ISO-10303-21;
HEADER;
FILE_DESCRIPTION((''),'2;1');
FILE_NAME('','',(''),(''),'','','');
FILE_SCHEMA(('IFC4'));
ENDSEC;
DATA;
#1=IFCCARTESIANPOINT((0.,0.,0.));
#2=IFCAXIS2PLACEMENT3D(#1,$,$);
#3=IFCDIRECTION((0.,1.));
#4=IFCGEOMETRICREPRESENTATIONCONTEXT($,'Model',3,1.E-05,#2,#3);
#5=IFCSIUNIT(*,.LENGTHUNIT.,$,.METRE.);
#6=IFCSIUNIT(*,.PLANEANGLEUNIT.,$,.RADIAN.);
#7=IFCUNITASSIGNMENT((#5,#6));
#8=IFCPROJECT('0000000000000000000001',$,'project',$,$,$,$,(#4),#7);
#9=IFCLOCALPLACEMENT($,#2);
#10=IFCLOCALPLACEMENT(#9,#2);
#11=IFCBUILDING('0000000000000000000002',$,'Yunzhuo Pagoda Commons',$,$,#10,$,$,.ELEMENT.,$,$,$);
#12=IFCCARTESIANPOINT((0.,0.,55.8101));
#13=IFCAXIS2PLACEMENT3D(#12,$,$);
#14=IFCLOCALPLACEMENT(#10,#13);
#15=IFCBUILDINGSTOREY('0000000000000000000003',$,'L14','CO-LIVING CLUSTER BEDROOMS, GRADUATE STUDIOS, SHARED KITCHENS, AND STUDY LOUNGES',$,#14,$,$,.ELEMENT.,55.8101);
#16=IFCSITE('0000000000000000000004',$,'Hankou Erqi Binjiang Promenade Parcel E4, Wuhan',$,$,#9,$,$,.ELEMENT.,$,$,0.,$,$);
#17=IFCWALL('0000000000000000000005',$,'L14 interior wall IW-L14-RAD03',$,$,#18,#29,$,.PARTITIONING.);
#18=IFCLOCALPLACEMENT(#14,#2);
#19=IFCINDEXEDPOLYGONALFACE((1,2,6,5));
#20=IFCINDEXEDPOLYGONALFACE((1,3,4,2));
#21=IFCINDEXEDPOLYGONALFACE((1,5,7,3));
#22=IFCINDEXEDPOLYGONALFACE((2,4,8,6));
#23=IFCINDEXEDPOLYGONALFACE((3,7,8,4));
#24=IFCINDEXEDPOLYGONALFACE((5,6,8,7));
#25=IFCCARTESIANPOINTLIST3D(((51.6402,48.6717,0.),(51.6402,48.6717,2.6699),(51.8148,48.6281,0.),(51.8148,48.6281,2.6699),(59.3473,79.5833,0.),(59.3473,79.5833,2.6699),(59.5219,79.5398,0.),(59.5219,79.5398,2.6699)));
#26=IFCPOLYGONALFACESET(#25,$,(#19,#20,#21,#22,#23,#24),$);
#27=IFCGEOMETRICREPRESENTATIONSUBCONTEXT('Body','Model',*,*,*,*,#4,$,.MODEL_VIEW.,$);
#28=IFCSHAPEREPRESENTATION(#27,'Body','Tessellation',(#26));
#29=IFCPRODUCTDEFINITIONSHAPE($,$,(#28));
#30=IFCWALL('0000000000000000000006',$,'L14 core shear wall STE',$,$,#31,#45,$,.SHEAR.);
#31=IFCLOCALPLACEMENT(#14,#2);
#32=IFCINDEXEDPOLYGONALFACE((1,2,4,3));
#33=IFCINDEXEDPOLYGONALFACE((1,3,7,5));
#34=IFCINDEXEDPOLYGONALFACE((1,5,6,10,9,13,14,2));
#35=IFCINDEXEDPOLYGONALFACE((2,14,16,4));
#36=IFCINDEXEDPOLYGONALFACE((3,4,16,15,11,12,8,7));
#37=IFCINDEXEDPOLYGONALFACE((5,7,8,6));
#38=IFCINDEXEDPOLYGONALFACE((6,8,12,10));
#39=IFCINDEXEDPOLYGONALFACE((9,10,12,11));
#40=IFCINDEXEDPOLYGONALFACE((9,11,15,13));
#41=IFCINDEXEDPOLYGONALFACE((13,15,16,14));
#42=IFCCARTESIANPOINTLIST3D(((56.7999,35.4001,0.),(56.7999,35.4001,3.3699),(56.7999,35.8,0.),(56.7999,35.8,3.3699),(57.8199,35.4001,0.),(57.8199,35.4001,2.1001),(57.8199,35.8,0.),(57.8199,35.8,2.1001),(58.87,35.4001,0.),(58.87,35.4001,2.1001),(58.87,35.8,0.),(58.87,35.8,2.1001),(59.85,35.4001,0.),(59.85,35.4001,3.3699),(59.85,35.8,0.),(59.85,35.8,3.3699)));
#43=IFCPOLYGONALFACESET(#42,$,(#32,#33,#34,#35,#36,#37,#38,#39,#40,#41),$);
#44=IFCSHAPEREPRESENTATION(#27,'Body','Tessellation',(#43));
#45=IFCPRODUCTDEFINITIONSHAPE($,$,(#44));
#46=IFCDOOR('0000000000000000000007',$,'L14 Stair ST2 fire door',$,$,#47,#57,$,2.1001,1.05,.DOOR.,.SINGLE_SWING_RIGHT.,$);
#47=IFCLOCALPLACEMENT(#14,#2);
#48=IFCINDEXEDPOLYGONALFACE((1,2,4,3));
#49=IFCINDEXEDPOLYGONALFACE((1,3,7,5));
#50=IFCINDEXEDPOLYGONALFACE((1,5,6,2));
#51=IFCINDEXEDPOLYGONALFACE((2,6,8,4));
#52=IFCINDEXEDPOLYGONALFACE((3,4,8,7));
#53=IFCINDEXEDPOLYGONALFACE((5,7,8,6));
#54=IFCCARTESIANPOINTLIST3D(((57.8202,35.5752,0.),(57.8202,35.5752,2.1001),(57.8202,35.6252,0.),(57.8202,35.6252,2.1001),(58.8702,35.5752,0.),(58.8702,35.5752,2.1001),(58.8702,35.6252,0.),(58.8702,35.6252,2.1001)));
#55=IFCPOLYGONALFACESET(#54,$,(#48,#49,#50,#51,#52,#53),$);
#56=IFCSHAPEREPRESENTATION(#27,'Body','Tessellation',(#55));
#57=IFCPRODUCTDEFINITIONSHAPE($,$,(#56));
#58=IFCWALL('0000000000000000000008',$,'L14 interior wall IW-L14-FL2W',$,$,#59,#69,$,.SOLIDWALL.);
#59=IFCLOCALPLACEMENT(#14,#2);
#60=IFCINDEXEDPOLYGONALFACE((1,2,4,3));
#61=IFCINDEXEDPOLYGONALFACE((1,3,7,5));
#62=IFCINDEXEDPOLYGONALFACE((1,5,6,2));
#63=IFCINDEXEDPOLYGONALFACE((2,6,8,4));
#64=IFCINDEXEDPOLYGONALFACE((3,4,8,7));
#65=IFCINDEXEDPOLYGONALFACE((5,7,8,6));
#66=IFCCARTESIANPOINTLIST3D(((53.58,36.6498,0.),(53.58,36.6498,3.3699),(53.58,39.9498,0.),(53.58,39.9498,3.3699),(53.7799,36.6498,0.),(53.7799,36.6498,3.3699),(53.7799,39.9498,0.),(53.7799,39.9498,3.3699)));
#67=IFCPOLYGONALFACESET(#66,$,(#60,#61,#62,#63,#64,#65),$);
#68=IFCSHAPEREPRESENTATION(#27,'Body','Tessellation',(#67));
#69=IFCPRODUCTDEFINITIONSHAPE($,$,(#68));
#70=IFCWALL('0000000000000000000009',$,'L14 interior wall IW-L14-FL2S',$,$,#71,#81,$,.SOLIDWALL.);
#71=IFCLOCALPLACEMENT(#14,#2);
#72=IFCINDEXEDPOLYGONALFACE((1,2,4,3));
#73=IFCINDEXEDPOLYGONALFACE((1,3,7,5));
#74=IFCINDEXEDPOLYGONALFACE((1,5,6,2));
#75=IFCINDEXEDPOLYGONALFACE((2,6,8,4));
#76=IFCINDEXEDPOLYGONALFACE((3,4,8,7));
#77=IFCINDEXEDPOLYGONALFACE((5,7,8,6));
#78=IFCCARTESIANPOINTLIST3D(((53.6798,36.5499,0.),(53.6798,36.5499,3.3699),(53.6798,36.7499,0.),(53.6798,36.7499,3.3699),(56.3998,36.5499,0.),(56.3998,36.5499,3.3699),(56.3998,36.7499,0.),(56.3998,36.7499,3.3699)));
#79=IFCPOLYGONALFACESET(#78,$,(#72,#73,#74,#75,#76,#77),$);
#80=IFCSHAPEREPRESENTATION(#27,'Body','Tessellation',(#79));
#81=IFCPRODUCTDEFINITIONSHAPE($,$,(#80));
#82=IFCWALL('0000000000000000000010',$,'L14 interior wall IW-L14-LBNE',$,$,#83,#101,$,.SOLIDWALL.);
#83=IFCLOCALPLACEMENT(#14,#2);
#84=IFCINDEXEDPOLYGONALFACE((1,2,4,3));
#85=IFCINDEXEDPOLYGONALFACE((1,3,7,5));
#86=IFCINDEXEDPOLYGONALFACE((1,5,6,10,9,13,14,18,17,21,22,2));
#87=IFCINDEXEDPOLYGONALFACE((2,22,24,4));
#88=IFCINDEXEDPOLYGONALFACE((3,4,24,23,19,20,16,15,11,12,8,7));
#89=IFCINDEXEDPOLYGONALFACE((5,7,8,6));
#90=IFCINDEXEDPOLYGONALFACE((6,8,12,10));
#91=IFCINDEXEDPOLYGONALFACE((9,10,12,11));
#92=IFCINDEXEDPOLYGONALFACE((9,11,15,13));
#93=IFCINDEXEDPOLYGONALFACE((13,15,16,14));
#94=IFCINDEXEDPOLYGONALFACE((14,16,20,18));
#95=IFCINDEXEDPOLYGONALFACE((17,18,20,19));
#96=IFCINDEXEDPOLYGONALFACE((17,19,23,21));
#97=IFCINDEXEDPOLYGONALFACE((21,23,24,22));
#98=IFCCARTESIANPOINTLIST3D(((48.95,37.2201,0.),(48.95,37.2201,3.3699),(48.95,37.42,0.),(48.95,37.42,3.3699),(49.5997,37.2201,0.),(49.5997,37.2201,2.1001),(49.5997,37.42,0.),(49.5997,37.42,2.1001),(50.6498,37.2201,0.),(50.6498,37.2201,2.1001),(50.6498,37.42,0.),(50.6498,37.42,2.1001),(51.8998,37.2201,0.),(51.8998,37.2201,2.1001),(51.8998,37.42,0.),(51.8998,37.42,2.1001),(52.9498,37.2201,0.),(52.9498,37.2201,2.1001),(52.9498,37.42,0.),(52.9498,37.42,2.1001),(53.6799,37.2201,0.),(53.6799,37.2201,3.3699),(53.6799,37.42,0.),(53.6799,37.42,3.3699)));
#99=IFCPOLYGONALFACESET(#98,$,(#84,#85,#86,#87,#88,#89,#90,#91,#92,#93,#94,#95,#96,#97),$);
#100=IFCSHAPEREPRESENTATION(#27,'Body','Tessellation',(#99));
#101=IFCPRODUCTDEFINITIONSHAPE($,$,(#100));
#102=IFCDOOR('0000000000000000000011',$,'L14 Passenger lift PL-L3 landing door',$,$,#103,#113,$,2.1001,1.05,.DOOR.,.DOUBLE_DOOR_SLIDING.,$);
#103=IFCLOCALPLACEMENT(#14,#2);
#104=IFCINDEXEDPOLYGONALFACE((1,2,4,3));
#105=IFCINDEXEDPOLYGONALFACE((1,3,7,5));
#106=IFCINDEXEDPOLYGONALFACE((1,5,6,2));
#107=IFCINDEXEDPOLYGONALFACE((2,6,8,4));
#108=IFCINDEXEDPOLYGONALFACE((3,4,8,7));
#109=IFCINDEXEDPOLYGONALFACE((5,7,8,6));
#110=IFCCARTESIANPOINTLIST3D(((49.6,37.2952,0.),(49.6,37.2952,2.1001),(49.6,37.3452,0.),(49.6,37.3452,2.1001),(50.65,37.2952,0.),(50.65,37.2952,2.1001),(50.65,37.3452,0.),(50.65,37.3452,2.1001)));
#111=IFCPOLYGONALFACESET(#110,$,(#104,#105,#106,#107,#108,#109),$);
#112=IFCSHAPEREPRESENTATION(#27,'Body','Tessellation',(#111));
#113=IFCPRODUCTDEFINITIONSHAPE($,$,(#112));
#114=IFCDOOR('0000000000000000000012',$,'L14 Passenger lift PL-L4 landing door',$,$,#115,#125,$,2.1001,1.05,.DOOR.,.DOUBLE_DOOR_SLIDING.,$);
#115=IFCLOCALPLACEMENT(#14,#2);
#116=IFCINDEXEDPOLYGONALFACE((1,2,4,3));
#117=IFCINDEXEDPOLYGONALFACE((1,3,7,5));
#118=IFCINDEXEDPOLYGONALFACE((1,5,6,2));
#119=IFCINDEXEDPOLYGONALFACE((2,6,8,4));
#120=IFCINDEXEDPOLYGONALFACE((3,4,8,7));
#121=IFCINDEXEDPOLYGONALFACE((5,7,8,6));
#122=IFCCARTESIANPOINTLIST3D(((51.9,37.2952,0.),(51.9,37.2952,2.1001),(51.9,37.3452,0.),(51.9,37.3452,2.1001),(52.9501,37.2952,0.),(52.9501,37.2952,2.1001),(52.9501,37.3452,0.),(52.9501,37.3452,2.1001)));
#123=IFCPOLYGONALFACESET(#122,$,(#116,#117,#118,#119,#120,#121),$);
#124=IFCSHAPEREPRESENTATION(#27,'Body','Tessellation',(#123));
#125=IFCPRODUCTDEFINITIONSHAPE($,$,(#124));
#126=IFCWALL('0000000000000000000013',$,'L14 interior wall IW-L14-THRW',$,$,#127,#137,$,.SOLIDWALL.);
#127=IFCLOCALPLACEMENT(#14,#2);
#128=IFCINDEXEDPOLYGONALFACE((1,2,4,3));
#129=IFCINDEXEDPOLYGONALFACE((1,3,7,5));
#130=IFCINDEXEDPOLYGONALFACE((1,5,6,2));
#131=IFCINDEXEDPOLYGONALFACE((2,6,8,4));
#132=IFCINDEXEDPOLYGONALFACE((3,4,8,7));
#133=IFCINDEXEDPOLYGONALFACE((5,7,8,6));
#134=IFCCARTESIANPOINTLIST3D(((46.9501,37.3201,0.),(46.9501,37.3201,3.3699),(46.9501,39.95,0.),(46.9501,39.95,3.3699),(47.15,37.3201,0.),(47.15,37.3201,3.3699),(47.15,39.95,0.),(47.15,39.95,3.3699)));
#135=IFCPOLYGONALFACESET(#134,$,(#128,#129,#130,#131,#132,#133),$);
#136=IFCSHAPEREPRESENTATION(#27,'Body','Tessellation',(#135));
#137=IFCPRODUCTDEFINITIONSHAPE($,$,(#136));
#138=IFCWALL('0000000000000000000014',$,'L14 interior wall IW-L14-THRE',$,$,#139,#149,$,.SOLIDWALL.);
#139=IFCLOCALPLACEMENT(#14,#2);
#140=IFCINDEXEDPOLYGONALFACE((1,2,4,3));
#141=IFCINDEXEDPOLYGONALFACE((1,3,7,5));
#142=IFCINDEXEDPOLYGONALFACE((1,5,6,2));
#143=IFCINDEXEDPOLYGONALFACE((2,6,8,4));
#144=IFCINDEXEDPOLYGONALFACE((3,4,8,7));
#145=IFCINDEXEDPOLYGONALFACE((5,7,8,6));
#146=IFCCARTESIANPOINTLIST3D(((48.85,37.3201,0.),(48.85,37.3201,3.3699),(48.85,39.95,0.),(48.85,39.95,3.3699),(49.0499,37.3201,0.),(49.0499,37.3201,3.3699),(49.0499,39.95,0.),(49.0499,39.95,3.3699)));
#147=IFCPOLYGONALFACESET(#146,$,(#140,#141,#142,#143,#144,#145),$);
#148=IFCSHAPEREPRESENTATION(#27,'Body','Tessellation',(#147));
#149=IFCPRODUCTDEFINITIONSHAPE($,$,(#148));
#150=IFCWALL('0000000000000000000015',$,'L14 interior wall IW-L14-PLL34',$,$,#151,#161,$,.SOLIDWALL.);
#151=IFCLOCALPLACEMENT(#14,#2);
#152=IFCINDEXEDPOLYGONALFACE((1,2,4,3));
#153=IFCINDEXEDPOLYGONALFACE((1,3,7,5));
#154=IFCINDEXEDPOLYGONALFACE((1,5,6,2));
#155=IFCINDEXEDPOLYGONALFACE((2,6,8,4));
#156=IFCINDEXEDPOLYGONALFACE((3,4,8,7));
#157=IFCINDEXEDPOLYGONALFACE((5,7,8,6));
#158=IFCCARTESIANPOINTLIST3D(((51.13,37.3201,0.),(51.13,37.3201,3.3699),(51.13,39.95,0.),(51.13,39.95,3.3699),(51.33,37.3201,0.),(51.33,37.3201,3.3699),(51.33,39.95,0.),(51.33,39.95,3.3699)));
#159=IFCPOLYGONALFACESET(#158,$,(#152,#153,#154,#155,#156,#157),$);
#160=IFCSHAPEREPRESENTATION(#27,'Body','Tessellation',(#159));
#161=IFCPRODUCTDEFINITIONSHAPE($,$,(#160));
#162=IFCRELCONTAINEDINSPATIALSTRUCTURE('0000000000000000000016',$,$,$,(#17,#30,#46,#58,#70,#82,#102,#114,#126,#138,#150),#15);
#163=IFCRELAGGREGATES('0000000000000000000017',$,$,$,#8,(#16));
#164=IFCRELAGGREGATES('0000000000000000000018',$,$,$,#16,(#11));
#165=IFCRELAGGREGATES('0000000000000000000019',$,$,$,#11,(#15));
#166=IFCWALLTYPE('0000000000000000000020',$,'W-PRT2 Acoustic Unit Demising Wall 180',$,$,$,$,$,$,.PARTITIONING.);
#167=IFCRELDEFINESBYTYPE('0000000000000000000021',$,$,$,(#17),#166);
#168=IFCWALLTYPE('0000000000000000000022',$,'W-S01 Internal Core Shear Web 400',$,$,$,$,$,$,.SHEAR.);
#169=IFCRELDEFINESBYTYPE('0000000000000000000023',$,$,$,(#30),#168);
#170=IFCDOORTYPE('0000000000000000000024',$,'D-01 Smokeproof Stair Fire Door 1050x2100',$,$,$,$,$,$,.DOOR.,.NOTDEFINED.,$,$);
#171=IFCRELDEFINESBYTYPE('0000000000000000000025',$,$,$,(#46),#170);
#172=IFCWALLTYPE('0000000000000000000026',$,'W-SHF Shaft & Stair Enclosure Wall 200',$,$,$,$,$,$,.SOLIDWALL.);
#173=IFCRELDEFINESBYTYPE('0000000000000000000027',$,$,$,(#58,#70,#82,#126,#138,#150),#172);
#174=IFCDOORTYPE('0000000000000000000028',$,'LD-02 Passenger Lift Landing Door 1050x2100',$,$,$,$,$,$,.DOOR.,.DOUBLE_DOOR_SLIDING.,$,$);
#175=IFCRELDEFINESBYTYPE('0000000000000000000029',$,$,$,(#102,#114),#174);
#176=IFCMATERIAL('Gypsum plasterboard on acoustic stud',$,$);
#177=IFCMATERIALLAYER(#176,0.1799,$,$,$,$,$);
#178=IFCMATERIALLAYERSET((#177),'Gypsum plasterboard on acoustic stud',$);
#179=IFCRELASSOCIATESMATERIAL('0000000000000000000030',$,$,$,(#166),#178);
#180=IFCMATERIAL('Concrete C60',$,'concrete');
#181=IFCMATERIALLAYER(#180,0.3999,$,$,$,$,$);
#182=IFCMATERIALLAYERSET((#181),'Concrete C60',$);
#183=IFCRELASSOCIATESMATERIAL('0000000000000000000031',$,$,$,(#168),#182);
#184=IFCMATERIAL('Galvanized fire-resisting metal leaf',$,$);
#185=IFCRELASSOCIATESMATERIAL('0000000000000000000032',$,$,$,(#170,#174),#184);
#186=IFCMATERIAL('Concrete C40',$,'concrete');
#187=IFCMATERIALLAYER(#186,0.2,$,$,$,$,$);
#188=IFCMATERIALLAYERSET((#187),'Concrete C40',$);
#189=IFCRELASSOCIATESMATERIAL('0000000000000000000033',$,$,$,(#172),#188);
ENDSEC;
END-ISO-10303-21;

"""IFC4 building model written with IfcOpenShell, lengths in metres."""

from ifc_helpers import new_model, si_unit, direction, frame, frame_2d, origin, place, context, subcontext, project, spatial, rectangle, extrude, source, transform, mapped, material, layer, layer_set, type_object, element, fill, save


model = new_model("IFC4")

# Units and contexts
model_context = context("Model", 3, precision=1e-05, world=origin(), true_north=direction((0.0, 1.0)))
body_context = subcontext(model_context, "Body", "Model", "MODEL_VIEW")
ifc_project = project(units=[si_unit("LENGTHUNIT", "METRE"), si_unit("PLANEANGLEUNIT", "RADIAN")], contexts=[model_context])

# Site, building, storey
site_placement = place(None, origin())
site = spatial("IfcSite", under=ifc_project, at=site_placement, Name="Hankou Erqi Binjiang Promenade Parcel E4, Wuhan", CompositionType="ELEMENT", RefElevation=0.0)
building_placement = place(site_placement, origin())
building = spatial("IfcBuilding", under=site, at=building_placement, Name="Yunzhuo Pagoda Commons", CompositionType="ELEMENT")
storey_placement = place(building_placement, frame((0.0, 0.0, 55.8101)))
storey = spatial("IfcBuildingStorey", under=building, at=storey_placement, Name="L14", Description="CO-LIVING CLUSTER BEDROOMS, GRADUATE STUDIOS, SHARED KITCHENS, AND STUDY LOUNGES", CompositionType="ELEMENT", Elevation=55.8101)

# Shared definitions
ifc_material_1 = material(Name="Concrete C60", Category="concrete")
ifc_material_2 = material(Name="Galvanized fire-resisting metal leaf")
shared_shape_1 = source(origin(), body_context, "Body", "SweptSolid", [
    extrude(rectangle(XDim=1.05, YDim=2.1001, at=frame_2d((0.5249, 1.05))), frame((0.0, 0.0249, 0.0), z_axis=(0.0, -1.0, 0.0), x_axis=(1.0, 0.0, 0.0)), (0.0, 0.0, 1.0), 0.05),
])

# Shared definitions
ifc_material_3 = material(Name="Gypsum plasterboard on acoustic stud")

# Wall
ifc_layer_1 = layer(ifc_material_3, 0.1799)
ifc_layer_set_1 = layer_set([ifc_layer_1], Name="Gypsum plasterboard on acoustic stud")
wall_type_1 = type_object("IfcWallType", Name="W-PRT2 Acoustic Unit Demising Wall 180", PredefinedType="PARTITIONING", material=ifc_layer_set_1)
wall_1_placement = place(storey_placement, frame((51.7275, 48.6499, 0.0), z_axis=(0.0, 0.0, 1.0), x_axis=(0.241919, 0.970296, 0.0)))
element("IfcWall", 1, at=wall_1_placement, inside=storey, type_object=wall_type_1, Name="L14 interior wall IW-L14-RAD03", PredefinedType="PARTITIONING", context=body_context, shape_type="SweptSolid", body=[
    extrude(rectangle(XDim=31.8579, YDim=0.1799, at=frame_2d((15.929, 0.0))), origin(), (0.0, 0.0, 1.0), 2.6699),
])

# Wall, opening, door
ifc_layer_2 = layer(ifc_material_1, 0.3999)
ifc_layer_set_2 = layer_set([ifc_layer_2], Name="Concrete C60")
wall_type_2 = type_object("IfcWallType", Name="W-S01 Internal Core Shear Web 400", PredefinedType="SHEAR", material=ifc_layer_set_2)
wall_2_placement = place(storey_placement, frame((56.8, 35.6001, 0.0), z_axis=(0.0, 0.0, 1.0), x_axis=(1.0, 0.0, 0.0)))
wall_2 = element("IfcWall", 2, at=wall_2_placement, inside=storey, type_object=wall_type_2, Name="L14 core shear wall STE", PredefinedType="SHEAR", context=body_context, shape_type="SweptSolid", body=[
    extrude(rectangle(XDim=3.05, YDim=0.3999, at=frame_2d((1.5249, 0.0))), origin(), (0.0, 0.0, 1.0), 3.3699),
])
opening_1_placement = place(wall_2_placement, frame((1.02, 0.0, 0.0)))
opening_1 = element("IfcOpeningElement", 3, at=opening_1_placement, cuts=wall_2, PredefinedType="OPENING", context=body_context, shape_type="SweptSolid", body=[
    extrude(rectangle(XDim=1.05, YDim=2.1001, at=frame_2d((0.5249, 1.05))), frame((0.0, 0.21, 0.0), z_axis=(0.0, -1.0, 0.0), x_axis=(1.0, 0.0, 0.0)), (0.0, 0.0, 1.0), 0.4199),
])
door_type_1 = type_object("IfcDoorType", Name="D-01 Smokeproof Stair Fire Door 1050x2100", OperationType="NOTDEFINED", PredefinedType="DOOR", material=ifc_material_2)
door_1_placement = place(opening_1_placement, frame((1.05, 0.0, 0.0), z_axis=(0.0, 0.0, 1.0), x_axis=(-1.0, 0.0, 0.0)))
door_1 = element("IfcDoor", 4, at=door_1_placement, inside=storey, type_object=door_type_1, Name="L14 Stair ST2 fire door", OperationType="SINGLE_SWING_RIGHT", OverallHeight=2.1001, OverallWidth=1.05, PredefinedType="DOOR", context=body_context, shape_type="MappedRepresentation", body=[
    mapped(shared_shape_1, transform((0.0, 0.0, 0.0), scale=1.0)),
])
fill(opening_1, door_1)

# Walls
ifc_material_4 = material(Name="Concrete C40", Category="concrete")
ifc_layer_3 = layer(ifc_material_4, 0.2)
ifc_layer_set_3 = layer_set([ifc_layer_3], Name="Concrete C40")
wall_type_3 = type_object("IfcWallType", Name="W-SHF Shaft & Stair Enclosure Wall 200", PredefinedType="SOLIDWALL", material=ifc_layer_set_3)
wall_3_placement = place(storey_placement, frame((53.6799, 36.6499, 0.0), z_axis=(0.0, 0.0, 1.0), x_axis=(0.0, 1.0, 0.0)))
element("IfcWall", 5, at=wall_3_placement, inside=storey, type_object=wall_type_3, Name="L14 interior wall IW-L14-FL2W", PredefinedType="SOLIDWALL", context=body_context, shape_type="SweptSolid", body=[
    extrude(rectangle(XDim=3.3, YDim=0.2, at=frame_2d((1.6499, 0.0))), origin(), (0.0, 0.0, 1.0), 3.3699),
])
wall_4_placement = place(storey_placement, frame((53.6799, 36.6499, 0.0), z_axis=(0.0, 0.0, 1.0), x_axis=(1.0, 0.0, 0.0)))
element("IfcWall", 6, at=wall_4_placement, inside=storey, type_object=wall_type_3, Name="L14 interior wall IW-L14-FL2S", PredefinedType="SOLIDWALL", context=body_context, shape_type="SweptSolid", body=[
    extrude(rectangle(XDim=2.72, YDim=0.2, at=frame_2d((1.3599, 0.0))), origin(), (0.0, 0.0, 1.0), 3.3699),
])

# Wall, openings, doors
wall_5_placement = place(storey_placement, frame((48.95, 37.3201, 0.0), z_axis=(0.0, 0.0, 1.0), x_axis=(1.0, 0.0, 0.0)))
wall_5 = element("IfcWall", 7, at=wall_5_placement, inside=storey, type_object=wall_type_3, Name="L14 interior wall IW-L14-LBNE", PredefinedType="SOLIDWALL", context=body_context, shape_type="SweptSolid", body=[
    extrude(rectangle(XDim=4.73, YDim=0.2, at=frame_2d((2.365, 0.0))), origin(), (0.0, 0.0, 1.0), 3.3699),
])
opening_2_placement = place(wall_5_placement, frame((0.6499, 0.0, 0.0)))
opening_2 = element("IfcOpeningElement", 8, at=opening_2_placement, cuts=wall_5, PredefinedType="OPENING", context=body_context, shape_type="SweptSolid", body=[
    extrude(rectangle(XDim=1.05, YDim=2.1001, at=frame_2d((0.5249, 1.05))), frame((0.0, 0.1099, 0.0), z_axis=(0.0, -1.0, 0.0), x_axis=(1.0, 0.0, 0.0)), (0.0, 0.0, 1.0), 0.22),
])
opening_3_placement = place(wall_5_placement, frame((2.95, 0.0, 0.0)))
opening_3 = element("IfcOpeningElement", 9, at=opening_3_placement, cuts=wall_5, PredefinedType="OPENING", context=body_context, shape_type="SweptSolid", body=[
    extrude(rectangle(XDim=1.05, YDim=2.1001, at=frame_2d((0.5249, 1.05))), frame((0.0, 0.1099, 0.0), z_axis=(0.0, -1.0, 0.0), x_axis=(1.0, 0.0, 0.0)), (0.0, 0.0, 1.0), 0.22),
])
door_type_2 = type_object("IfcDoorType", Name="LD-02 Passenger Lift Landing Door 1050x2100", OperationType="DOUBLE_DOOR_SLIDING", PredefinedType="DOOR", material=ifc_material_2)
door_2_placement = place(opening_2_placement, frame((1.05, 0.0, 0.0), z_axis=(0.0, 0.0, 1.0), x_axis=(-1.0, 0.0, 0.0)))
door_2 = element("IfcDoor", 10, at=door_2_placement, inside=storey, type_object=door_type_2, Name="L14 Passenger lift PL-L3 landing door", OperationType="DOUBLE_DOOR_SLIDING", OverallHeight=2.1001, OverallWidth=1.05, PredefinedType="DOOR", context=body_context, shape_type="MappedRepresentation", body=[
    mapped(shared_shape_1, transform((0.0, 0.0, 0.0), scale=1.0)),
])
fill(opening_2, door_2)
door_3_placement = place(opening_3_placement, frame((1.05, 0.0, 0.0), z_axis=(0.0, 0.0, 1.0), x_axis=(-1.0, 0.0, 0.0)))
door_3 = element("IfcDoor", 11, at=door_3_placement, inside=storey, type_object=door_type_2, Name="L14 Passenger lift PL-L4 landing door", OperationType="DOUBLE_DOOR_SLIDING", OverallHeight=2.1001, OverallWidth=1.05, PredefinedType="DOOR", context=body_context, shape_type="MappedRepresentation", body=[
    mapped(shared_shape_1, transform((0.0, 0.0, 0.0), scale=1.0)),
])
fill(opening_3, door_3)

# Walls
for number, where, z_axis, x_axis, name in (
    (12, (47.05, 37.3201, 0.0), (0.0, 0.0, 1.0), (0.0, 1.0, 0.0), "L14 interior wall IW-L14-THRW"),
    (13, (48.95, 37.3201, 0.0), (0.0, 0.0, 1.0), (0.0, 1.0, 0.0), "L14 interior wall IW-L14-THRE"),
    (14, (51.23, 37.3201, 0.0), (0.0, 0.0, 1.0), (0.0, 1.0, 0.0), "L14 interior wall IW-L14-PLL34"),
):
    element("IfcWall", number, at=place(storey_placement, frame(where, z_axis=z_axis, x_axis=x_axis)), inside=storey, type_object=wall_type_3, Name=name, PredefinedType="SOLIDWALL", context=body_context, shape_type="SweptSolid", body=[
        extrude(rectangle(XDim=2.6299, YDim=0.2, at=frame_2d((1.3149, 0.0))), origin(), (0.0, 0.0, 1.0), 3.3699),
    ])

save(model, "model.ifc")
